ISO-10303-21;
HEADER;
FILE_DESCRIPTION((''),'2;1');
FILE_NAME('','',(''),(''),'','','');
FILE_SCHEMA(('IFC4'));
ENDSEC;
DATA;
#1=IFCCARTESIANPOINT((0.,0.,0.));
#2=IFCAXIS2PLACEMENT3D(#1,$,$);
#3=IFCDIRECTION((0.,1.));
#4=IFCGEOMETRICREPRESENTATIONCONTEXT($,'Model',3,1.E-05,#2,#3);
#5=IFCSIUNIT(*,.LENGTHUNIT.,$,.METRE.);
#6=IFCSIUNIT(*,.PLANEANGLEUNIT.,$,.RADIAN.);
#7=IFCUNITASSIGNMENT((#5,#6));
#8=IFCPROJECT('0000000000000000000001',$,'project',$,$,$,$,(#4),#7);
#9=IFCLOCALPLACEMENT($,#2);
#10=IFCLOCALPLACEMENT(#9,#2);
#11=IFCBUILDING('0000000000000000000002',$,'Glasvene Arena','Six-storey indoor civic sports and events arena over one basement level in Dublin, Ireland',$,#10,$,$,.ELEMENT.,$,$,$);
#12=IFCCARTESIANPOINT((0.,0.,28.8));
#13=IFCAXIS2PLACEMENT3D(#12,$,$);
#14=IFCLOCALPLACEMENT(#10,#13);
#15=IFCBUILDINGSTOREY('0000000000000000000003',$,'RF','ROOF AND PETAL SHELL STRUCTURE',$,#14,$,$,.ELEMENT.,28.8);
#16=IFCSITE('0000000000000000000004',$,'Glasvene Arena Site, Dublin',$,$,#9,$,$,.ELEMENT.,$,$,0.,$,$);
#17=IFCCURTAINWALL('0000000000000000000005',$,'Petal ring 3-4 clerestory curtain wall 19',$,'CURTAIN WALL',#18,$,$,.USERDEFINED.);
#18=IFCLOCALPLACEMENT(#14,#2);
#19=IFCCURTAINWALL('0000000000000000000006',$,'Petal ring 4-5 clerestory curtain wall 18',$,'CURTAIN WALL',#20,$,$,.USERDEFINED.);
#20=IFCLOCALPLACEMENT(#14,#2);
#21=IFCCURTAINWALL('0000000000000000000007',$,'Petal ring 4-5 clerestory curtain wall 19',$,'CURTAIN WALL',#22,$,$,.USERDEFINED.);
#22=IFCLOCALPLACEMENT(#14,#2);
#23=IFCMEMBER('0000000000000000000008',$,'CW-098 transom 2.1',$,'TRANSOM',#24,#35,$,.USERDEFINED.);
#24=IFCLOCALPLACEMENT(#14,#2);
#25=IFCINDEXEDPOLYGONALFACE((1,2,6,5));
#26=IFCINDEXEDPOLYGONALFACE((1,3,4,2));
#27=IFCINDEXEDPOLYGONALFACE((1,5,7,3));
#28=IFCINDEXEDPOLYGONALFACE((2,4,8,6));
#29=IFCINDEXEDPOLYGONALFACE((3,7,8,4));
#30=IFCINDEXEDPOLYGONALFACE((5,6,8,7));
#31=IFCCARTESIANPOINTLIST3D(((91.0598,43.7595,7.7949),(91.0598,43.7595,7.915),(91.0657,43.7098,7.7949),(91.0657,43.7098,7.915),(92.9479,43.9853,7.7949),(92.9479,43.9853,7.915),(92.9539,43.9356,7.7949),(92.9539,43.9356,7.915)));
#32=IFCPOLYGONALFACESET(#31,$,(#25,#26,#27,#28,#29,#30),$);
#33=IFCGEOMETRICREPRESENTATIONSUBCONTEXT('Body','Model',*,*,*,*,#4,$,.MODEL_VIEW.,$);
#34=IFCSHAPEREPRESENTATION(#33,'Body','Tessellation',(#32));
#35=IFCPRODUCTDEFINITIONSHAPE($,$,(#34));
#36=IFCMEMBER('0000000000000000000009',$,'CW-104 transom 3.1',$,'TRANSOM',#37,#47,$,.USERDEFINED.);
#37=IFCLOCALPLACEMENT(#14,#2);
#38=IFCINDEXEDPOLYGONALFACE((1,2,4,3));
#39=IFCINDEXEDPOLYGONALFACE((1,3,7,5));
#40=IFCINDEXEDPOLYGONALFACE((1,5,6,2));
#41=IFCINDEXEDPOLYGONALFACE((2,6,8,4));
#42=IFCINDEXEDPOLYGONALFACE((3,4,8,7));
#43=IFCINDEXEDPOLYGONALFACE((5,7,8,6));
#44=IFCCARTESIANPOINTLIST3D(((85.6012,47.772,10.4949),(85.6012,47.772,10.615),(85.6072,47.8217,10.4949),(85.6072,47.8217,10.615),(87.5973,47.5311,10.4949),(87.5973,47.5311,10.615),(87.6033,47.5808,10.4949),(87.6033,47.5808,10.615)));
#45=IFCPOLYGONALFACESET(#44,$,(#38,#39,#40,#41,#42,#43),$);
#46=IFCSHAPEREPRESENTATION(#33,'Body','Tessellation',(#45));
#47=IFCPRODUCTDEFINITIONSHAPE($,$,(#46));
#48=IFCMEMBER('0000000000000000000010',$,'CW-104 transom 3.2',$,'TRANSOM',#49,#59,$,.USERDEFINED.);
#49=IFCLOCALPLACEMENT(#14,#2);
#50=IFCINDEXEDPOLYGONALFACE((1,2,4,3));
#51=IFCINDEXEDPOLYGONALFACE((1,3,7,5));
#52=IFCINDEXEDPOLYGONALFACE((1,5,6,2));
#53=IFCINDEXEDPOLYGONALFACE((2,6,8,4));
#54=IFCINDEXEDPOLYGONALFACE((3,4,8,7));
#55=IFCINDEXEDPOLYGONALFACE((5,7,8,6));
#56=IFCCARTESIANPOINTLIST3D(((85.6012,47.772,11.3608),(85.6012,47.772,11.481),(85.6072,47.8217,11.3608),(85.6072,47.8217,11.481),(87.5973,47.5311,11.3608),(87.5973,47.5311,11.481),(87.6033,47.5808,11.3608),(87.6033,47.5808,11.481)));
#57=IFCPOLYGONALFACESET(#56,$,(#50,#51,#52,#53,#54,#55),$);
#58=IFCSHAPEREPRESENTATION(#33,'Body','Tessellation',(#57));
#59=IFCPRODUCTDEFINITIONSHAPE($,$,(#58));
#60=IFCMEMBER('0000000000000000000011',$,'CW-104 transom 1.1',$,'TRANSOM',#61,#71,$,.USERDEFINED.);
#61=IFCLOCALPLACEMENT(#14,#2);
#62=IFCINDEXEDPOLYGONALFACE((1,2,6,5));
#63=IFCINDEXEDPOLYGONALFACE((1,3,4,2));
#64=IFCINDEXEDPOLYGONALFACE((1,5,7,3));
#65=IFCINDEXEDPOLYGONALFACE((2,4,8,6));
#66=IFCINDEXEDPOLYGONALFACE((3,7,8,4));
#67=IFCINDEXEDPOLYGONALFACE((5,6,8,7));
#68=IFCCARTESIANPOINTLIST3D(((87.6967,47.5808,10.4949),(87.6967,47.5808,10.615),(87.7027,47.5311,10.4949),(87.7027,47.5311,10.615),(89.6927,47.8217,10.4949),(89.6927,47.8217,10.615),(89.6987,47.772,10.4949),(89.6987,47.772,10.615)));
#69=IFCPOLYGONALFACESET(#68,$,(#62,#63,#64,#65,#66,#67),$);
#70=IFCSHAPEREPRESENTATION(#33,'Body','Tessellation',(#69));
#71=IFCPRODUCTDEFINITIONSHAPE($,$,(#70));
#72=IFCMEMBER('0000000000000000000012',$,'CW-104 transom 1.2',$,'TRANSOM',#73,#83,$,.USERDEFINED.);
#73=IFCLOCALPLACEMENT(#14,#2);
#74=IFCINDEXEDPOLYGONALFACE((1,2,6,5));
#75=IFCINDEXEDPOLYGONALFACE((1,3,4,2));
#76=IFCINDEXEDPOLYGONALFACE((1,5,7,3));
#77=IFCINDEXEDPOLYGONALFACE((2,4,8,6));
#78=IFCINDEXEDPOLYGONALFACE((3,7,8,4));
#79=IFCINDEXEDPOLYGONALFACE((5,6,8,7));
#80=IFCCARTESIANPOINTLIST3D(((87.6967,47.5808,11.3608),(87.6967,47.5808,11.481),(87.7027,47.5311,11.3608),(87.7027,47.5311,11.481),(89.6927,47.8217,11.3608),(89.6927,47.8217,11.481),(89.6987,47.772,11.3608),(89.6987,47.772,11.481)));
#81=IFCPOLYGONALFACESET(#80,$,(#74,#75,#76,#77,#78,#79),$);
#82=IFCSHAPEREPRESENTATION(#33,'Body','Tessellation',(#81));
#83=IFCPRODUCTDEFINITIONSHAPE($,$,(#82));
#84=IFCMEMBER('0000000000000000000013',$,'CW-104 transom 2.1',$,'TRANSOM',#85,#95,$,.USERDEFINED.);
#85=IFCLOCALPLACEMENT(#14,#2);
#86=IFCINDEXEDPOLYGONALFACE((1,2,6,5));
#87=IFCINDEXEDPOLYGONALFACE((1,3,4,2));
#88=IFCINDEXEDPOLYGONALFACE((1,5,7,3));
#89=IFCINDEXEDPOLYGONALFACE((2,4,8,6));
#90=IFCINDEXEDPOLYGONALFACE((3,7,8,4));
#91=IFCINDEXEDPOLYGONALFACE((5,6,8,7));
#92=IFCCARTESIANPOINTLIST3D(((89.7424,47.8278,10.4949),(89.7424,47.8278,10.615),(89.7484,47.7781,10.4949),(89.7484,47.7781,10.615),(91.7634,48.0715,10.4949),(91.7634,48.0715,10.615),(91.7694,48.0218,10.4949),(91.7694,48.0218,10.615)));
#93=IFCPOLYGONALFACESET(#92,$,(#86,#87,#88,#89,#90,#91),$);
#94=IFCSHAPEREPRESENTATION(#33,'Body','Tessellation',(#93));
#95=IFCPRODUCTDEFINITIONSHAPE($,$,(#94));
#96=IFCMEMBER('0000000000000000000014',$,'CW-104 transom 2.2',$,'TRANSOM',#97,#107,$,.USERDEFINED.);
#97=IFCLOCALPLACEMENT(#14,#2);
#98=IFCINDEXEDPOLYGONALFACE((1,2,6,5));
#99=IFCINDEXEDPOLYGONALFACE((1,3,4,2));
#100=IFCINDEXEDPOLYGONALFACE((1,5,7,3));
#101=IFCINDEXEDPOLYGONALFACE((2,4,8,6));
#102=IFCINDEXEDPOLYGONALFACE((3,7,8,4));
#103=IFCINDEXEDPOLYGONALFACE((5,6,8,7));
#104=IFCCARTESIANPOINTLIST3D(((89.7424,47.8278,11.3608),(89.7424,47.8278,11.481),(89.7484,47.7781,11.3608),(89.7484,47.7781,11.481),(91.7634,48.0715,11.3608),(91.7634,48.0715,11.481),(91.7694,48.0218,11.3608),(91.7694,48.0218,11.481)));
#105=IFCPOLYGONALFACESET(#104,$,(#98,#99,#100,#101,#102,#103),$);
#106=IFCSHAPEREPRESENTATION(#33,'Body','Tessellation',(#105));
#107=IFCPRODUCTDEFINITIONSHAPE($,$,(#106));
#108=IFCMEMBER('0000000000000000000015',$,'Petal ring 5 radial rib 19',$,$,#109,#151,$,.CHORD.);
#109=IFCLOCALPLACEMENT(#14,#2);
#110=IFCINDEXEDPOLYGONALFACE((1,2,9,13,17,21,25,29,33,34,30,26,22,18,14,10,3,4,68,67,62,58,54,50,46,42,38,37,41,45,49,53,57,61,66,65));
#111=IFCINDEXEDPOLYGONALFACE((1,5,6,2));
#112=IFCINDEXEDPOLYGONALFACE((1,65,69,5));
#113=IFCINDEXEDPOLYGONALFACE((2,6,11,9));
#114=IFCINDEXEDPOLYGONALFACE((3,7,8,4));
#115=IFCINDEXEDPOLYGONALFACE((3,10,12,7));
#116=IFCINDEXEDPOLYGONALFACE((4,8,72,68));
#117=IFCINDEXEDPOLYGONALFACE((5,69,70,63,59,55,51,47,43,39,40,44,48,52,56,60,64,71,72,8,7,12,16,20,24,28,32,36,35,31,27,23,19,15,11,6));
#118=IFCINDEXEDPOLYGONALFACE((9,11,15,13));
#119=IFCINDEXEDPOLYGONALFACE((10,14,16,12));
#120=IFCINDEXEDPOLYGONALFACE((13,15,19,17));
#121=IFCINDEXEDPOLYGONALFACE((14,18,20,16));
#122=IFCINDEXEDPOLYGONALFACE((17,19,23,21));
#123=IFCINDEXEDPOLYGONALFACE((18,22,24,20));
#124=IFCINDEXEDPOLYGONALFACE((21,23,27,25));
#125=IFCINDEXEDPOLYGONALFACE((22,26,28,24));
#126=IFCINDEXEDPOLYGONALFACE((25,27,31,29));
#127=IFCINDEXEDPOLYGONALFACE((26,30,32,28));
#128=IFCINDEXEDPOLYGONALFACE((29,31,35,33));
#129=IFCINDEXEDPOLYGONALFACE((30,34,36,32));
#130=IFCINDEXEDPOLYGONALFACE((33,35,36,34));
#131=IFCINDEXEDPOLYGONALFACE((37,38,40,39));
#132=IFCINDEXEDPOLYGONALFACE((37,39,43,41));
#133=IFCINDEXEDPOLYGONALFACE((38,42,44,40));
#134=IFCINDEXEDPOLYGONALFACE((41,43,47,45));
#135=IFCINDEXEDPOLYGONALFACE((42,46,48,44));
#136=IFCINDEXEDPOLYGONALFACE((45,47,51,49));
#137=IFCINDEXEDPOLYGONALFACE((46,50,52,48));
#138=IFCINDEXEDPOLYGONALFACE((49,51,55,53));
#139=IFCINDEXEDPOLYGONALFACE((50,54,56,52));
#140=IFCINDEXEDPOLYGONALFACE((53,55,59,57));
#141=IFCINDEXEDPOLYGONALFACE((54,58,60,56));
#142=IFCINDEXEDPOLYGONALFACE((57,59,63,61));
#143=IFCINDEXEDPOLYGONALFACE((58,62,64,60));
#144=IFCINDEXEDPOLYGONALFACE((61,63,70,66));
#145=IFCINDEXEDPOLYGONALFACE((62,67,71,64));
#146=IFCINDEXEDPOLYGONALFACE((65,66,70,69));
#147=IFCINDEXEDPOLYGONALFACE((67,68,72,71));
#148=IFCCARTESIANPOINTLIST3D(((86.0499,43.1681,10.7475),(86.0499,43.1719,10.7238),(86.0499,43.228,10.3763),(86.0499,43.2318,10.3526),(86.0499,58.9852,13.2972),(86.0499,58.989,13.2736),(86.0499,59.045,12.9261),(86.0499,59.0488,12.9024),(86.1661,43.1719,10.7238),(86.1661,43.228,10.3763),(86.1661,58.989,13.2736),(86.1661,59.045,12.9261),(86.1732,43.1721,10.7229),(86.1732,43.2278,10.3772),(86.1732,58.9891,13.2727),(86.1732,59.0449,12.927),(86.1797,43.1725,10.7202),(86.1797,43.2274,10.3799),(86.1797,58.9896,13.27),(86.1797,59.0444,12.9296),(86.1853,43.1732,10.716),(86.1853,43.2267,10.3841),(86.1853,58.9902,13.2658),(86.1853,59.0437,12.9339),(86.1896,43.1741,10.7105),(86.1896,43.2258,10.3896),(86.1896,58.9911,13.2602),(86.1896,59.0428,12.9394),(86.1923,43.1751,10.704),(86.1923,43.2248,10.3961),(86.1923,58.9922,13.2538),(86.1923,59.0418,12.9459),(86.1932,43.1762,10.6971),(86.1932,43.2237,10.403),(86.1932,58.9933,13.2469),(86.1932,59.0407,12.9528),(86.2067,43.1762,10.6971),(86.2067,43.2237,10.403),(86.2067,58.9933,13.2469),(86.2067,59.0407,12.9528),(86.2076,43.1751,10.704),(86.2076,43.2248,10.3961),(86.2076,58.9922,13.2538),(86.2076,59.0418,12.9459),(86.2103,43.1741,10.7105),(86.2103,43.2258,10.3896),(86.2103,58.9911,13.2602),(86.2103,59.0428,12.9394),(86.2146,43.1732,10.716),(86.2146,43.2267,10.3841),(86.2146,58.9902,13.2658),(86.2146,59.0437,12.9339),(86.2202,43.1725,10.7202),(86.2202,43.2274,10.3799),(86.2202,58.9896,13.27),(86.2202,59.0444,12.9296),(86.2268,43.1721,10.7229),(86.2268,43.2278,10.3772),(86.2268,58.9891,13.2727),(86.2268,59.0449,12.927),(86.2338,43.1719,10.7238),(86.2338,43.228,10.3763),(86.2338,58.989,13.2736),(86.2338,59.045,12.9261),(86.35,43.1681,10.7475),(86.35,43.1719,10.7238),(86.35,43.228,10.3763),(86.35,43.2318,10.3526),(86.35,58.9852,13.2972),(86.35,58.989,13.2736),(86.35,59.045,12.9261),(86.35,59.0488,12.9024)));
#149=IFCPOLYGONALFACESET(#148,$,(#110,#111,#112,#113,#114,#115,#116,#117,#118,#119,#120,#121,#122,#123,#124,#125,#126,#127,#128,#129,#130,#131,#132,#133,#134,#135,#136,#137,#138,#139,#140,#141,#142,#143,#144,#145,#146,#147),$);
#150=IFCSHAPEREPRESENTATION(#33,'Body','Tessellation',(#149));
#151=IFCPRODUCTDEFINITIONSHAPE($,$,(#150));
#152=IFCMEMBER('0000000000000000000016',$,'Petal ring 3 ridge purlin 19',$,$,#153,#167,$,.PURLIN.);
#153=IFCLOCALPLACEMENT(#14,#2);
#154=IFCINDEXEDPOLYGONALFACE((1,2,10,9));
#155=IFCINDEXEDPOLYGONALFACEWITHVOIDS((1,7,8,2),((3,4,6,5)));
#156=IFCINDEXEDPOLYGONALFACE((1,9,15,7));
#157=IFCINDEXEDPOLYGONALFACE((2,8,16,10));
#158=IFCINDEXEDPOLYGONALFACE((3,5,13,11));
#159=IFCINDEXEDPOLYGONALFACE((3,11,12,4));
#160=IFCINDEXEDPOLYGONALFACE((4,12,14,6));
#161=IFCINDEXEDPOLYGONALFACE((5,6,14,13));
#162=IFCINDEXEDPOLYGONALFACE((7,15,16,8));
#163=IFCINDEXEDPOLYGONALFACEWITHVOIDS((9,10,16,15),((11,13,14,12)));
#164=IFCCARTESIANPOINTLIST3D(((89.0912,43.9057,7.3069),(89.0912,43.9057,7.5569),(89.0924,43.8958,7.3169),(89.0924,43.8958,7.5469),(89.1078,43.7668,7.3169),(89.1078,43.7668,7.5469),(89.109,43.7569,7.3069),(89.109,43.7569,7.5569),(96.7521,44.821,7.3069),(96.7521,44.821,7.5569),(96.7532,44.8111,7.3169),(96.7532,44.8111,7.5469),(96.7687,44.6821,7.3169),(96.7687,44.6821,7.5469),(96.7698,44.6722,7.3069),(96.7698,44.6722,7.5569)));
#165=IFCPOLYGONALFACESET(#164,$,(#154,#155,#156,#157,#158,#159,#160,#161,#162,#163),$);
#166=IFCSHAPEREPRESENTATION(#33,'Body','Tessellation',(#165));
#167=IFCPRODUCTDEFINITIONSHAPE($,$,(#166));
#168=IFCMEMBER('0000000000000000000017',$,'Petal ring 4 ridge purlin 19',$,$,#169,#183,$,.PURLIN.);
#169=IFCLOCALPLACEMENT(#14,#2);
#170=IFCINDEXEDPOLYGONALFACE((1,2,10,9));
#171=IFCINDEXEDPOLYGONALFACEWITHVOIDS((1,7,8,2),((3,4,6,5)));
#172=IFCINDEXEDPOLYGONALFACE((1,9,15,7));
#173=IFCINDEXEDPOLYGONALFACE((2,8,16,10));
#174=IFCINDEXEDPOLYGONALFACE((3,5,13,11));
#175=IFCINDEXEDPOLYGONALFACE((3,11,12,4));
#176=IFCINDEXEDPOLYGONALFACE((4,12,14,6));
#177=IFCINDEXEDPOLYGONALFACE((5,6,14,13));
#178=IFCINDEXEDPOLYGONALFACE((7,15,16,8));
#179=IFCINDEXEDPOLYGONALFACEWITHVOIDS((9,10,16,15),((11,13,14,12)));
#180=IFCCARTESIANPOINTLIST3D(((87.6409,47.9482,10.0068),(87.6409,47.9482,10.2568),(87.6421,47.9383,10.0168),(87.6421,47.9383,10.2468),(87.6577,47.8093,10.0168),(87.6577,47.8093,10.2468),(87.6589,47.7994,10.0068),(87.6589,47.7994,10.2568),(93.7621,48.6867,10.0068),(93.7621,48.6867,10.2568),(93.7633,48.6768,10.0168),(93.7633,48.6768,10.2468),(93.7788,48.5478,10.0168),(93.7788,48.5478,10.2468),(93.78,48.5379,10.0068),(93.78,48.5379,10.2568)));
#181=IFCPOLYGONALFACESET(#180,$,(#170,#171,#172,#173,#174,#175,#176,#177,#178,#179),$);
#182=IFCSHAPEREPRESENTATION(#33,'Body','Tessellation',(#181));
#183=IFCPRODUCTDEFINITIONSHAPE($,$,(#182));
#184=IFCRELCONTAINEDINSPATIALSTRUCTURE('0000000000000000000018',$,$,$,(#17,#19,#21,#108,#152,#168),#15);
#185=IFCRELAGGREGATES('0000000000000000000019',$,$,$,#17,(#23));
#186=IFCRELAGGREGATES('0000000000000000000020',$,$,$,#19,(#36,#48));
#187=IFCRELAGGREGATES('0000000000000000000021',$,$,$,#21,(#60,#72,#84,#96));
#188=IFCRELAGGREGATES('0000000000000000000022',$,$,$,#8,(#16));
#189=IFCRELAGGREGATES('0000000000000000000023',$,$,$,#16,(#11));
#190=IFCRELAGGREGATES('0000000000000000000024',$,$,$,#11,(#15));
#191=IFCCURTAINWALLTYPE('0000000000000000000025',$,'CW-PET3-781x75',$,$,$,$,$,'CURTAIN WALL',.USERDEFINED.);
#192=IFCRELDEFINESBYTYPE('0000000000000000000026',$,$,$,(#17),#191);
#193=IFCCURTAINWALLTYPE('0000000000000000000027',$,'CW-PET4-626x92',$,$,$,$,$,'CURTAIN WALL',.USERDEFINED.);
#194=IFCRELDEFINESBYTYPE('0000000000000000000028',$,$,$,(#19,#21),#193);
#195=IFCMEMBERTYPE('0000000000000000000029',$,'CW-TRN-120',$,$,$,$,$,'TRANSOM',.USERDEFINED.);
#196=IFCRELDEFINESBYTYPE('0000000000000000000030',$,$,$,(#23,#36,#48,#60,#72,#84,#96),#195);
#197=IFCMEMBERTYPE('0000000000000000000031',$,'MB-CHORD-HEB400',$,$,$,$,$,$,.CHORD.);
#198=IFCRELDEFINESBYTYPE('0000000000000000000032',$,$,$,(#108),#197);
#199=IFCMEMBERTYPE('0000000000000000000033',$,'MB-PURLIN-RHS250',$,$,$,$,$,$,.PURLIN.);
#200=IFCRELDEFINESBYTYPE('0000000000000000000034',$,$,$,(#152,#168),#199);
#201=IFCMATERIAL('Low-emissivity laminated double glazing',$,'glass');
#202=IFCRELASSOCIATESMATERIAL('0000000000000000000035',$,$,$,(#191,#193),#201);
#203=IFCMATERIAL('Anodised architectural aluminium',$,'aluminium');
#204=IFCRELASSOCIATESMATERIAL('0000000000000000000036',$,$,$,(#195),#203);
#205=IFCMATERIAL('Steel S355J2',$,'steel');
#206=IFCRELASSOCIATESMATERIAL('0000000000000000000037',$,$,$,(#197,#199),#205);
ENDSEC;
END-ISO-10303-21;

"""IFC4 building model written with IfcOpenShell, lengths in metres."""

from ifc_helpers import new_model, si_unit, direction, frame, origin, origin_2d, place, context, subcontext, project, spatial, rectangle, hollow_rectangle, i_section, extrude, material, material_profile, profile_set, type_object, element, aggregate, save


model = new_model("IFC4")

# Units and contexts
model_context = context("Model", 3, precision=1e-05, world=origin(), true_north=direction((0.0, 1.0)))
body_context = subcontext(model_context, "Body", "Model", "MODEL_VIEW")
ifc_project = project(units=[si_unit("LENGTHUNIT", "METRE"), si_unit("PLANEANGLEUNIT", "RADIAN")], contexts=[model_context])

# Site, building, storey
site_placement = place(None, origin())
site = spatial("IfcSite", under=ifc_project, at=site_placement, Name="Glasvene Arena Site, Dublin", CompositionType="ELEMENT", RefElevation=0.0)
building_placement = place(site_placement, origin())
building = spatial("IfcBuilding", under=site, at=building_placement, Name="Glasvene Arena", Description="Six-storey indoor civic sports and events arena over one basement level in Dublin, Ireland", CompositionType="ELEMENT")
storey_placement = place(building_placement, frame((0.0, 0.0, 28.8)))
storey = spatial("IfcBuildingStorey", under=building, at=storey_placement, Name="RF", Description="ROOF AND PETAL SHELL STRUCTURE", CompositionType="ELEMENT", Elevation=28.8)

# Curtain walls
ifc_material_1 = material(Name="Low-emissivity laminated double glazing", Category="glass")
curtain_wall_type_1 = type_object("IfcCurtainWallType", Name="CW-PET3-781x75", ElementType="CURTAIN WALL", PredefinedType="USERDEFINED", material=ifc_material_1)
ifc_material_2 = material(Name="Anodised architectural aluminium", Category="aluminium")
curtain_wall_1_placement = place(storey_placement, frame((89.1001, 43.5, 0.0)))
curtain_wall_1 = element("IfcCurtainWall", 1, at=curtain_wall_1_placement, inside=storey, type_object=curtain_wall_type_1, Name="Petal ring 3-4 clerestory curtain wall 19", ObjectType="CURTAIN WALL", PredefinedType="USERDEFINED")
curtain_wall_type_2 = type_object("IfcCurtainWallType", Name="CW-PET4-626x92", ElementType="CURTAIN WALL", PredefinedType="USERDEFINED", material=ifc_material_1)
curtain_wall_2_placement = place(storey_placement, frame((81.4382, 48.2996, 0.0)))
curtain_wall_2 = element("IfcCurtainWall", 2, at=curtain_wall_2_placement, inside=storey, type_object=curtain_wall_type_2, Name="Petal ring 4-5 clerestory curtain wall 18", ObjectType="CURTAIN WALL", PredefinedType="USERDEFINED")
curtain_wall_3_placement = place(storey_placement, frame((87.6499, 47.55, 0.0)))
curtain_wall_3 = element("IfcCurtainWall", 3, at=curtain_wall_3_placement, inside=storey, type_object=curtain_wall_type_2, Name="Petal ring 4-5 clerestory curtain wall 19", ObjectType="CURTAIN WALL", PredefinedType="USERDEFINED")

# Members
ifc_material_profile_1 = material_profile(ifc_material_2, rectangle(XDim=0.05, YDim=0.1201, at=origin_2d()), Name="ALU TRANSOM 50x120")
ifc_profile_set_1 = profile_set([ifc_material_profile_1], Name="Anodised architectural aluminium")
member_type_1 = type_object("IfcMemberType", Name="CW-TRN-120", ElementType="TRANSOM", PredefinedType="USERDEFINED", material=ifc_profile_set_1)
member_1_placement = place(storey_placement, frame((91.0627, 43.7346, 7.855), z_axis=(0.992924, 0.118755, 0.0), x_axis=(-0.118755, 0.992924, 0.0)))
member_1 = element("IfcMember", 4, at=member_1_placement, type_object=member_type_1, Name="CW-098 transom 2.1", ObjectType="TRANSOM", PredefinedType="USERDEFINED", context=body_context, shape_type="SweptSolid", body=[
    extrude(rectangle(XDim=0.05, YDim=0.1201, at=origin_2d()), origin(), (0.0, 0.0, 1.0), 1.9016),
])
member_2_placement = place(storey_placement, frame((85.6042, 47.7969, 10.5549), z_axis=(0.992792, -0.119849, 0.0), x_axis=(0.119849, 0.992792, 0.0)))
member_2 = element("IfcMember", 5, at=member_2_placement, type_object=member_type_1, Name="CW-104 transom 3.1", ObjectType="TRANSOM", PredefinedType="USERDEFINED", context=body_context, shape_type="SweptSolid", body=[
    extrude(rectangle(XDim=0.05, YDim=0.1201, at=origin_2d()), origin(), (0.0, 0.0, 1.0), 2.0105),
])
member_3_placement = place(storey_placement, frame((85.6042, 47.7969, 11.4209), z_axis=(0.992792, -0.119849, 0.0), x_axis=(0.119849, 0.992792, 0.0)))
member_3 = element("IfcMember", 6, at=member_3_placement, type_object=member_type_1, Name="CW-104 transom 3.2", ObjectType="TRANSOM", PredefinedType="USERDEFINED", context=body_context, shape_type="SweptSolid", body=[
    extrude(rectangle(XDim=0.05, YDim=0.1201, at=origin_2d()), origin(), (0.0, 0.0, 1.0), 2.0105),
])
member_4_placement = place(storey_placement, frame((87.6997, 47.5559, 10.5549), z_axis=(0.992792, 0.119849, 0.0), x_axis=(-0.119849, 0.992792, 0.0)))
member_4 = element("IfcMember", 7, at=member_4_placement, type_object=member_type_1, Name="CW-104 transom 1.1", ObjectType="TRANSOM", PredefinedType="USERDEFINED", context=body_context, shape_type="SweptSolid", body=[
    extrude(rectangle(XDim=0.05, YDim=0.1201, at=origin_2d()), origin(), (0.0, 0.0, 1.0), 2.0105),
])
member_5_placement = place(storey_placement, frame((87.6997, 47.5559, 11.4209), z_axis=(0.992792, 0.119849, 0.0), x_axis=(-0.119849, 0.992792, 0.0)))
member_5 = element("IfcMember", 8, at=member_5_placement, type_object=member_type_1, Name="CW-104 transom 1.2", ObjectType="TRANSOM", PredefinedType="USERDEFINED", context=body_context, shape_type="SweptSolid", body=[
    extrude(rectangle(XDim=0.05, YDim=0.1201, at=origin_2d()), origin(), (0.0, 0.0, 1.0), 2.0105),
])
member_6_placement = place(storey_placement, frame((89.7454, 47.803, 10.5549), z_axis=(0.992811, 0.119694, 0.0), x_axis=(-0.119694, 0.992811, 0.0)))
member_6 = element("IfcMember", 9, at=member_6_placement, type_object=member_type_1, Name="CW-104 transom 2.1", ObjectType="TRANSOM", PredefinedType="USERDEFINED", context=body_context, shape_type="SweptSolid", body=[
    extrude(rectangle(XDim=0.05, YDim=0.1201, at=origin_2d()), origin(), (0.0, 0.0, 1.0), 2.0356),
])
member_7_placement = place(storey_placement, frame((89.7454, 47.803, 11.4209), z_axis=(0.992811, 0.119694, 0.0), x_axis=(-0.119694, 0.992811, 0.0)))
member_7 = element("IfcMember", 10, at=member_7_placement, type_object=member_type_1, Name="CW-104 transom 2.2", ObjectType="TRANSOM", PredefinedType="USERDEFINED", context=body_context, shape_type="SweptSolid", body=[
    extrude(rectangle(XDim=0.05, YDim=0.1201, at=origin_2d()), origin(), (0.0, 0.0, 1.0), 2.0356),
])

# Members
ifc_material_3 = material(Name="Steel S355J2", Category="steel")
ifc_material_profile_2 = material_profile(ifc_material_3, i_section(OverallWidth=0.3, OverallDepth=0.3999, WebThickness=0.0134, FlangeThickness=0.0239, FilletRadius=0.0271, at=origin_2d()), Name="HEB 400")
ifc_profile_set_2 = profile_set([ifc_material_profile_2], Name="Steel S355J2")
member_type_2 = type_object("IfcMemberType", Name="MB-CHORD-HEB400", PredefinedType="CHORD", material=ifc_profile_set_2)
member_8_placement = place(storey_placement, frame((86.2, 43.2, 10.55), z_axis=(0.0, 0.987254, 0.159151), x_axis=(-1.0, 0.0, 0.0)))
element("IfcMember", 11, at=member_8_placement, inside=storey, type_object=member_type_2, Name="Petal ring 5 radial rib 19", PredefinedType="CHORD", context=body_context, shape_type="SweptSolid", body=[
    extrude(i_section(OverallWidth=0.3, OverallDepth=0.3999, WebThickness=0.0134, FlangeThickness=0.0239, FilletRadius=0.0271, at=origin_2d()), origin(), (0.0, 0.0, 1.0), 16.0212),
])
ifc_material_profile_3 = material_profile(ifc_material_3, hollow_rectangle(XDim=0.1499, YDim=0.25, WallThickness=0.01, at=origin_2d()), Name="RHS 250x150x10.0")
ifc_profile_set_3 = profile_set([ifc_material_profile_3], Name="Steel S355J2")
member_type_3 = type_object("IfcMemberType", Name="MB-PURLIN-RHS250", PredefinedType="PURLIN", material=ifc_profile_set_3)
member_9_placement = place(storey_placement, frame((89.1001, 43.8313, 7.4319), z_axis=(0.992938, 0.118631, 0.0), x_axis=(-0.118631, 0.992938, 0.0)))
element("IfcMember", 12, at=member_9_placement, inside=storey, type_object=member_type_3, Name="Petal ring 3 ridge purlin 19", PredefinedType="PURLIN", context=body_context, shape_type="SweptSolid", body=[
    extrude(hollow_rectangle(XDim=0.1499, YDim=0.25, WallThickness=0.01, at=origin_2d()), origin(), (0.0, 0.0, 1.0), 7.7153),
])
member_10_placement = place(storey_placement, frame((87.6499, 47.8738, 10.1318), z_axis=(0.9928, 0.119784, 0.0), x_axis=(-0.119784, 0.9928, 0.0)))
element("IfcMember", 13, at=member_10_placement, inside=storey, type_object=member_type_3, Name="Petal ring 4 ridge purlin 19", PredefinedType="PURLIN", context=body_context, shape_type="SweptSolid", body=[
    extrude(hollow_rectangle(XDim=0.1499, YDim=0.25, WallThickness=0.01, at=origin_2d()), origin(), (0.0, 0.0, 1.0), 6.1655),
])

aggregate(curtain_wall_1, [member_1])
aggregate(curtain_wall_2, [member_2, member_3])
aggregate(curtain_wall_3, [member_4, member_5, member_6, member_7])

save(model, "model.ifc")
